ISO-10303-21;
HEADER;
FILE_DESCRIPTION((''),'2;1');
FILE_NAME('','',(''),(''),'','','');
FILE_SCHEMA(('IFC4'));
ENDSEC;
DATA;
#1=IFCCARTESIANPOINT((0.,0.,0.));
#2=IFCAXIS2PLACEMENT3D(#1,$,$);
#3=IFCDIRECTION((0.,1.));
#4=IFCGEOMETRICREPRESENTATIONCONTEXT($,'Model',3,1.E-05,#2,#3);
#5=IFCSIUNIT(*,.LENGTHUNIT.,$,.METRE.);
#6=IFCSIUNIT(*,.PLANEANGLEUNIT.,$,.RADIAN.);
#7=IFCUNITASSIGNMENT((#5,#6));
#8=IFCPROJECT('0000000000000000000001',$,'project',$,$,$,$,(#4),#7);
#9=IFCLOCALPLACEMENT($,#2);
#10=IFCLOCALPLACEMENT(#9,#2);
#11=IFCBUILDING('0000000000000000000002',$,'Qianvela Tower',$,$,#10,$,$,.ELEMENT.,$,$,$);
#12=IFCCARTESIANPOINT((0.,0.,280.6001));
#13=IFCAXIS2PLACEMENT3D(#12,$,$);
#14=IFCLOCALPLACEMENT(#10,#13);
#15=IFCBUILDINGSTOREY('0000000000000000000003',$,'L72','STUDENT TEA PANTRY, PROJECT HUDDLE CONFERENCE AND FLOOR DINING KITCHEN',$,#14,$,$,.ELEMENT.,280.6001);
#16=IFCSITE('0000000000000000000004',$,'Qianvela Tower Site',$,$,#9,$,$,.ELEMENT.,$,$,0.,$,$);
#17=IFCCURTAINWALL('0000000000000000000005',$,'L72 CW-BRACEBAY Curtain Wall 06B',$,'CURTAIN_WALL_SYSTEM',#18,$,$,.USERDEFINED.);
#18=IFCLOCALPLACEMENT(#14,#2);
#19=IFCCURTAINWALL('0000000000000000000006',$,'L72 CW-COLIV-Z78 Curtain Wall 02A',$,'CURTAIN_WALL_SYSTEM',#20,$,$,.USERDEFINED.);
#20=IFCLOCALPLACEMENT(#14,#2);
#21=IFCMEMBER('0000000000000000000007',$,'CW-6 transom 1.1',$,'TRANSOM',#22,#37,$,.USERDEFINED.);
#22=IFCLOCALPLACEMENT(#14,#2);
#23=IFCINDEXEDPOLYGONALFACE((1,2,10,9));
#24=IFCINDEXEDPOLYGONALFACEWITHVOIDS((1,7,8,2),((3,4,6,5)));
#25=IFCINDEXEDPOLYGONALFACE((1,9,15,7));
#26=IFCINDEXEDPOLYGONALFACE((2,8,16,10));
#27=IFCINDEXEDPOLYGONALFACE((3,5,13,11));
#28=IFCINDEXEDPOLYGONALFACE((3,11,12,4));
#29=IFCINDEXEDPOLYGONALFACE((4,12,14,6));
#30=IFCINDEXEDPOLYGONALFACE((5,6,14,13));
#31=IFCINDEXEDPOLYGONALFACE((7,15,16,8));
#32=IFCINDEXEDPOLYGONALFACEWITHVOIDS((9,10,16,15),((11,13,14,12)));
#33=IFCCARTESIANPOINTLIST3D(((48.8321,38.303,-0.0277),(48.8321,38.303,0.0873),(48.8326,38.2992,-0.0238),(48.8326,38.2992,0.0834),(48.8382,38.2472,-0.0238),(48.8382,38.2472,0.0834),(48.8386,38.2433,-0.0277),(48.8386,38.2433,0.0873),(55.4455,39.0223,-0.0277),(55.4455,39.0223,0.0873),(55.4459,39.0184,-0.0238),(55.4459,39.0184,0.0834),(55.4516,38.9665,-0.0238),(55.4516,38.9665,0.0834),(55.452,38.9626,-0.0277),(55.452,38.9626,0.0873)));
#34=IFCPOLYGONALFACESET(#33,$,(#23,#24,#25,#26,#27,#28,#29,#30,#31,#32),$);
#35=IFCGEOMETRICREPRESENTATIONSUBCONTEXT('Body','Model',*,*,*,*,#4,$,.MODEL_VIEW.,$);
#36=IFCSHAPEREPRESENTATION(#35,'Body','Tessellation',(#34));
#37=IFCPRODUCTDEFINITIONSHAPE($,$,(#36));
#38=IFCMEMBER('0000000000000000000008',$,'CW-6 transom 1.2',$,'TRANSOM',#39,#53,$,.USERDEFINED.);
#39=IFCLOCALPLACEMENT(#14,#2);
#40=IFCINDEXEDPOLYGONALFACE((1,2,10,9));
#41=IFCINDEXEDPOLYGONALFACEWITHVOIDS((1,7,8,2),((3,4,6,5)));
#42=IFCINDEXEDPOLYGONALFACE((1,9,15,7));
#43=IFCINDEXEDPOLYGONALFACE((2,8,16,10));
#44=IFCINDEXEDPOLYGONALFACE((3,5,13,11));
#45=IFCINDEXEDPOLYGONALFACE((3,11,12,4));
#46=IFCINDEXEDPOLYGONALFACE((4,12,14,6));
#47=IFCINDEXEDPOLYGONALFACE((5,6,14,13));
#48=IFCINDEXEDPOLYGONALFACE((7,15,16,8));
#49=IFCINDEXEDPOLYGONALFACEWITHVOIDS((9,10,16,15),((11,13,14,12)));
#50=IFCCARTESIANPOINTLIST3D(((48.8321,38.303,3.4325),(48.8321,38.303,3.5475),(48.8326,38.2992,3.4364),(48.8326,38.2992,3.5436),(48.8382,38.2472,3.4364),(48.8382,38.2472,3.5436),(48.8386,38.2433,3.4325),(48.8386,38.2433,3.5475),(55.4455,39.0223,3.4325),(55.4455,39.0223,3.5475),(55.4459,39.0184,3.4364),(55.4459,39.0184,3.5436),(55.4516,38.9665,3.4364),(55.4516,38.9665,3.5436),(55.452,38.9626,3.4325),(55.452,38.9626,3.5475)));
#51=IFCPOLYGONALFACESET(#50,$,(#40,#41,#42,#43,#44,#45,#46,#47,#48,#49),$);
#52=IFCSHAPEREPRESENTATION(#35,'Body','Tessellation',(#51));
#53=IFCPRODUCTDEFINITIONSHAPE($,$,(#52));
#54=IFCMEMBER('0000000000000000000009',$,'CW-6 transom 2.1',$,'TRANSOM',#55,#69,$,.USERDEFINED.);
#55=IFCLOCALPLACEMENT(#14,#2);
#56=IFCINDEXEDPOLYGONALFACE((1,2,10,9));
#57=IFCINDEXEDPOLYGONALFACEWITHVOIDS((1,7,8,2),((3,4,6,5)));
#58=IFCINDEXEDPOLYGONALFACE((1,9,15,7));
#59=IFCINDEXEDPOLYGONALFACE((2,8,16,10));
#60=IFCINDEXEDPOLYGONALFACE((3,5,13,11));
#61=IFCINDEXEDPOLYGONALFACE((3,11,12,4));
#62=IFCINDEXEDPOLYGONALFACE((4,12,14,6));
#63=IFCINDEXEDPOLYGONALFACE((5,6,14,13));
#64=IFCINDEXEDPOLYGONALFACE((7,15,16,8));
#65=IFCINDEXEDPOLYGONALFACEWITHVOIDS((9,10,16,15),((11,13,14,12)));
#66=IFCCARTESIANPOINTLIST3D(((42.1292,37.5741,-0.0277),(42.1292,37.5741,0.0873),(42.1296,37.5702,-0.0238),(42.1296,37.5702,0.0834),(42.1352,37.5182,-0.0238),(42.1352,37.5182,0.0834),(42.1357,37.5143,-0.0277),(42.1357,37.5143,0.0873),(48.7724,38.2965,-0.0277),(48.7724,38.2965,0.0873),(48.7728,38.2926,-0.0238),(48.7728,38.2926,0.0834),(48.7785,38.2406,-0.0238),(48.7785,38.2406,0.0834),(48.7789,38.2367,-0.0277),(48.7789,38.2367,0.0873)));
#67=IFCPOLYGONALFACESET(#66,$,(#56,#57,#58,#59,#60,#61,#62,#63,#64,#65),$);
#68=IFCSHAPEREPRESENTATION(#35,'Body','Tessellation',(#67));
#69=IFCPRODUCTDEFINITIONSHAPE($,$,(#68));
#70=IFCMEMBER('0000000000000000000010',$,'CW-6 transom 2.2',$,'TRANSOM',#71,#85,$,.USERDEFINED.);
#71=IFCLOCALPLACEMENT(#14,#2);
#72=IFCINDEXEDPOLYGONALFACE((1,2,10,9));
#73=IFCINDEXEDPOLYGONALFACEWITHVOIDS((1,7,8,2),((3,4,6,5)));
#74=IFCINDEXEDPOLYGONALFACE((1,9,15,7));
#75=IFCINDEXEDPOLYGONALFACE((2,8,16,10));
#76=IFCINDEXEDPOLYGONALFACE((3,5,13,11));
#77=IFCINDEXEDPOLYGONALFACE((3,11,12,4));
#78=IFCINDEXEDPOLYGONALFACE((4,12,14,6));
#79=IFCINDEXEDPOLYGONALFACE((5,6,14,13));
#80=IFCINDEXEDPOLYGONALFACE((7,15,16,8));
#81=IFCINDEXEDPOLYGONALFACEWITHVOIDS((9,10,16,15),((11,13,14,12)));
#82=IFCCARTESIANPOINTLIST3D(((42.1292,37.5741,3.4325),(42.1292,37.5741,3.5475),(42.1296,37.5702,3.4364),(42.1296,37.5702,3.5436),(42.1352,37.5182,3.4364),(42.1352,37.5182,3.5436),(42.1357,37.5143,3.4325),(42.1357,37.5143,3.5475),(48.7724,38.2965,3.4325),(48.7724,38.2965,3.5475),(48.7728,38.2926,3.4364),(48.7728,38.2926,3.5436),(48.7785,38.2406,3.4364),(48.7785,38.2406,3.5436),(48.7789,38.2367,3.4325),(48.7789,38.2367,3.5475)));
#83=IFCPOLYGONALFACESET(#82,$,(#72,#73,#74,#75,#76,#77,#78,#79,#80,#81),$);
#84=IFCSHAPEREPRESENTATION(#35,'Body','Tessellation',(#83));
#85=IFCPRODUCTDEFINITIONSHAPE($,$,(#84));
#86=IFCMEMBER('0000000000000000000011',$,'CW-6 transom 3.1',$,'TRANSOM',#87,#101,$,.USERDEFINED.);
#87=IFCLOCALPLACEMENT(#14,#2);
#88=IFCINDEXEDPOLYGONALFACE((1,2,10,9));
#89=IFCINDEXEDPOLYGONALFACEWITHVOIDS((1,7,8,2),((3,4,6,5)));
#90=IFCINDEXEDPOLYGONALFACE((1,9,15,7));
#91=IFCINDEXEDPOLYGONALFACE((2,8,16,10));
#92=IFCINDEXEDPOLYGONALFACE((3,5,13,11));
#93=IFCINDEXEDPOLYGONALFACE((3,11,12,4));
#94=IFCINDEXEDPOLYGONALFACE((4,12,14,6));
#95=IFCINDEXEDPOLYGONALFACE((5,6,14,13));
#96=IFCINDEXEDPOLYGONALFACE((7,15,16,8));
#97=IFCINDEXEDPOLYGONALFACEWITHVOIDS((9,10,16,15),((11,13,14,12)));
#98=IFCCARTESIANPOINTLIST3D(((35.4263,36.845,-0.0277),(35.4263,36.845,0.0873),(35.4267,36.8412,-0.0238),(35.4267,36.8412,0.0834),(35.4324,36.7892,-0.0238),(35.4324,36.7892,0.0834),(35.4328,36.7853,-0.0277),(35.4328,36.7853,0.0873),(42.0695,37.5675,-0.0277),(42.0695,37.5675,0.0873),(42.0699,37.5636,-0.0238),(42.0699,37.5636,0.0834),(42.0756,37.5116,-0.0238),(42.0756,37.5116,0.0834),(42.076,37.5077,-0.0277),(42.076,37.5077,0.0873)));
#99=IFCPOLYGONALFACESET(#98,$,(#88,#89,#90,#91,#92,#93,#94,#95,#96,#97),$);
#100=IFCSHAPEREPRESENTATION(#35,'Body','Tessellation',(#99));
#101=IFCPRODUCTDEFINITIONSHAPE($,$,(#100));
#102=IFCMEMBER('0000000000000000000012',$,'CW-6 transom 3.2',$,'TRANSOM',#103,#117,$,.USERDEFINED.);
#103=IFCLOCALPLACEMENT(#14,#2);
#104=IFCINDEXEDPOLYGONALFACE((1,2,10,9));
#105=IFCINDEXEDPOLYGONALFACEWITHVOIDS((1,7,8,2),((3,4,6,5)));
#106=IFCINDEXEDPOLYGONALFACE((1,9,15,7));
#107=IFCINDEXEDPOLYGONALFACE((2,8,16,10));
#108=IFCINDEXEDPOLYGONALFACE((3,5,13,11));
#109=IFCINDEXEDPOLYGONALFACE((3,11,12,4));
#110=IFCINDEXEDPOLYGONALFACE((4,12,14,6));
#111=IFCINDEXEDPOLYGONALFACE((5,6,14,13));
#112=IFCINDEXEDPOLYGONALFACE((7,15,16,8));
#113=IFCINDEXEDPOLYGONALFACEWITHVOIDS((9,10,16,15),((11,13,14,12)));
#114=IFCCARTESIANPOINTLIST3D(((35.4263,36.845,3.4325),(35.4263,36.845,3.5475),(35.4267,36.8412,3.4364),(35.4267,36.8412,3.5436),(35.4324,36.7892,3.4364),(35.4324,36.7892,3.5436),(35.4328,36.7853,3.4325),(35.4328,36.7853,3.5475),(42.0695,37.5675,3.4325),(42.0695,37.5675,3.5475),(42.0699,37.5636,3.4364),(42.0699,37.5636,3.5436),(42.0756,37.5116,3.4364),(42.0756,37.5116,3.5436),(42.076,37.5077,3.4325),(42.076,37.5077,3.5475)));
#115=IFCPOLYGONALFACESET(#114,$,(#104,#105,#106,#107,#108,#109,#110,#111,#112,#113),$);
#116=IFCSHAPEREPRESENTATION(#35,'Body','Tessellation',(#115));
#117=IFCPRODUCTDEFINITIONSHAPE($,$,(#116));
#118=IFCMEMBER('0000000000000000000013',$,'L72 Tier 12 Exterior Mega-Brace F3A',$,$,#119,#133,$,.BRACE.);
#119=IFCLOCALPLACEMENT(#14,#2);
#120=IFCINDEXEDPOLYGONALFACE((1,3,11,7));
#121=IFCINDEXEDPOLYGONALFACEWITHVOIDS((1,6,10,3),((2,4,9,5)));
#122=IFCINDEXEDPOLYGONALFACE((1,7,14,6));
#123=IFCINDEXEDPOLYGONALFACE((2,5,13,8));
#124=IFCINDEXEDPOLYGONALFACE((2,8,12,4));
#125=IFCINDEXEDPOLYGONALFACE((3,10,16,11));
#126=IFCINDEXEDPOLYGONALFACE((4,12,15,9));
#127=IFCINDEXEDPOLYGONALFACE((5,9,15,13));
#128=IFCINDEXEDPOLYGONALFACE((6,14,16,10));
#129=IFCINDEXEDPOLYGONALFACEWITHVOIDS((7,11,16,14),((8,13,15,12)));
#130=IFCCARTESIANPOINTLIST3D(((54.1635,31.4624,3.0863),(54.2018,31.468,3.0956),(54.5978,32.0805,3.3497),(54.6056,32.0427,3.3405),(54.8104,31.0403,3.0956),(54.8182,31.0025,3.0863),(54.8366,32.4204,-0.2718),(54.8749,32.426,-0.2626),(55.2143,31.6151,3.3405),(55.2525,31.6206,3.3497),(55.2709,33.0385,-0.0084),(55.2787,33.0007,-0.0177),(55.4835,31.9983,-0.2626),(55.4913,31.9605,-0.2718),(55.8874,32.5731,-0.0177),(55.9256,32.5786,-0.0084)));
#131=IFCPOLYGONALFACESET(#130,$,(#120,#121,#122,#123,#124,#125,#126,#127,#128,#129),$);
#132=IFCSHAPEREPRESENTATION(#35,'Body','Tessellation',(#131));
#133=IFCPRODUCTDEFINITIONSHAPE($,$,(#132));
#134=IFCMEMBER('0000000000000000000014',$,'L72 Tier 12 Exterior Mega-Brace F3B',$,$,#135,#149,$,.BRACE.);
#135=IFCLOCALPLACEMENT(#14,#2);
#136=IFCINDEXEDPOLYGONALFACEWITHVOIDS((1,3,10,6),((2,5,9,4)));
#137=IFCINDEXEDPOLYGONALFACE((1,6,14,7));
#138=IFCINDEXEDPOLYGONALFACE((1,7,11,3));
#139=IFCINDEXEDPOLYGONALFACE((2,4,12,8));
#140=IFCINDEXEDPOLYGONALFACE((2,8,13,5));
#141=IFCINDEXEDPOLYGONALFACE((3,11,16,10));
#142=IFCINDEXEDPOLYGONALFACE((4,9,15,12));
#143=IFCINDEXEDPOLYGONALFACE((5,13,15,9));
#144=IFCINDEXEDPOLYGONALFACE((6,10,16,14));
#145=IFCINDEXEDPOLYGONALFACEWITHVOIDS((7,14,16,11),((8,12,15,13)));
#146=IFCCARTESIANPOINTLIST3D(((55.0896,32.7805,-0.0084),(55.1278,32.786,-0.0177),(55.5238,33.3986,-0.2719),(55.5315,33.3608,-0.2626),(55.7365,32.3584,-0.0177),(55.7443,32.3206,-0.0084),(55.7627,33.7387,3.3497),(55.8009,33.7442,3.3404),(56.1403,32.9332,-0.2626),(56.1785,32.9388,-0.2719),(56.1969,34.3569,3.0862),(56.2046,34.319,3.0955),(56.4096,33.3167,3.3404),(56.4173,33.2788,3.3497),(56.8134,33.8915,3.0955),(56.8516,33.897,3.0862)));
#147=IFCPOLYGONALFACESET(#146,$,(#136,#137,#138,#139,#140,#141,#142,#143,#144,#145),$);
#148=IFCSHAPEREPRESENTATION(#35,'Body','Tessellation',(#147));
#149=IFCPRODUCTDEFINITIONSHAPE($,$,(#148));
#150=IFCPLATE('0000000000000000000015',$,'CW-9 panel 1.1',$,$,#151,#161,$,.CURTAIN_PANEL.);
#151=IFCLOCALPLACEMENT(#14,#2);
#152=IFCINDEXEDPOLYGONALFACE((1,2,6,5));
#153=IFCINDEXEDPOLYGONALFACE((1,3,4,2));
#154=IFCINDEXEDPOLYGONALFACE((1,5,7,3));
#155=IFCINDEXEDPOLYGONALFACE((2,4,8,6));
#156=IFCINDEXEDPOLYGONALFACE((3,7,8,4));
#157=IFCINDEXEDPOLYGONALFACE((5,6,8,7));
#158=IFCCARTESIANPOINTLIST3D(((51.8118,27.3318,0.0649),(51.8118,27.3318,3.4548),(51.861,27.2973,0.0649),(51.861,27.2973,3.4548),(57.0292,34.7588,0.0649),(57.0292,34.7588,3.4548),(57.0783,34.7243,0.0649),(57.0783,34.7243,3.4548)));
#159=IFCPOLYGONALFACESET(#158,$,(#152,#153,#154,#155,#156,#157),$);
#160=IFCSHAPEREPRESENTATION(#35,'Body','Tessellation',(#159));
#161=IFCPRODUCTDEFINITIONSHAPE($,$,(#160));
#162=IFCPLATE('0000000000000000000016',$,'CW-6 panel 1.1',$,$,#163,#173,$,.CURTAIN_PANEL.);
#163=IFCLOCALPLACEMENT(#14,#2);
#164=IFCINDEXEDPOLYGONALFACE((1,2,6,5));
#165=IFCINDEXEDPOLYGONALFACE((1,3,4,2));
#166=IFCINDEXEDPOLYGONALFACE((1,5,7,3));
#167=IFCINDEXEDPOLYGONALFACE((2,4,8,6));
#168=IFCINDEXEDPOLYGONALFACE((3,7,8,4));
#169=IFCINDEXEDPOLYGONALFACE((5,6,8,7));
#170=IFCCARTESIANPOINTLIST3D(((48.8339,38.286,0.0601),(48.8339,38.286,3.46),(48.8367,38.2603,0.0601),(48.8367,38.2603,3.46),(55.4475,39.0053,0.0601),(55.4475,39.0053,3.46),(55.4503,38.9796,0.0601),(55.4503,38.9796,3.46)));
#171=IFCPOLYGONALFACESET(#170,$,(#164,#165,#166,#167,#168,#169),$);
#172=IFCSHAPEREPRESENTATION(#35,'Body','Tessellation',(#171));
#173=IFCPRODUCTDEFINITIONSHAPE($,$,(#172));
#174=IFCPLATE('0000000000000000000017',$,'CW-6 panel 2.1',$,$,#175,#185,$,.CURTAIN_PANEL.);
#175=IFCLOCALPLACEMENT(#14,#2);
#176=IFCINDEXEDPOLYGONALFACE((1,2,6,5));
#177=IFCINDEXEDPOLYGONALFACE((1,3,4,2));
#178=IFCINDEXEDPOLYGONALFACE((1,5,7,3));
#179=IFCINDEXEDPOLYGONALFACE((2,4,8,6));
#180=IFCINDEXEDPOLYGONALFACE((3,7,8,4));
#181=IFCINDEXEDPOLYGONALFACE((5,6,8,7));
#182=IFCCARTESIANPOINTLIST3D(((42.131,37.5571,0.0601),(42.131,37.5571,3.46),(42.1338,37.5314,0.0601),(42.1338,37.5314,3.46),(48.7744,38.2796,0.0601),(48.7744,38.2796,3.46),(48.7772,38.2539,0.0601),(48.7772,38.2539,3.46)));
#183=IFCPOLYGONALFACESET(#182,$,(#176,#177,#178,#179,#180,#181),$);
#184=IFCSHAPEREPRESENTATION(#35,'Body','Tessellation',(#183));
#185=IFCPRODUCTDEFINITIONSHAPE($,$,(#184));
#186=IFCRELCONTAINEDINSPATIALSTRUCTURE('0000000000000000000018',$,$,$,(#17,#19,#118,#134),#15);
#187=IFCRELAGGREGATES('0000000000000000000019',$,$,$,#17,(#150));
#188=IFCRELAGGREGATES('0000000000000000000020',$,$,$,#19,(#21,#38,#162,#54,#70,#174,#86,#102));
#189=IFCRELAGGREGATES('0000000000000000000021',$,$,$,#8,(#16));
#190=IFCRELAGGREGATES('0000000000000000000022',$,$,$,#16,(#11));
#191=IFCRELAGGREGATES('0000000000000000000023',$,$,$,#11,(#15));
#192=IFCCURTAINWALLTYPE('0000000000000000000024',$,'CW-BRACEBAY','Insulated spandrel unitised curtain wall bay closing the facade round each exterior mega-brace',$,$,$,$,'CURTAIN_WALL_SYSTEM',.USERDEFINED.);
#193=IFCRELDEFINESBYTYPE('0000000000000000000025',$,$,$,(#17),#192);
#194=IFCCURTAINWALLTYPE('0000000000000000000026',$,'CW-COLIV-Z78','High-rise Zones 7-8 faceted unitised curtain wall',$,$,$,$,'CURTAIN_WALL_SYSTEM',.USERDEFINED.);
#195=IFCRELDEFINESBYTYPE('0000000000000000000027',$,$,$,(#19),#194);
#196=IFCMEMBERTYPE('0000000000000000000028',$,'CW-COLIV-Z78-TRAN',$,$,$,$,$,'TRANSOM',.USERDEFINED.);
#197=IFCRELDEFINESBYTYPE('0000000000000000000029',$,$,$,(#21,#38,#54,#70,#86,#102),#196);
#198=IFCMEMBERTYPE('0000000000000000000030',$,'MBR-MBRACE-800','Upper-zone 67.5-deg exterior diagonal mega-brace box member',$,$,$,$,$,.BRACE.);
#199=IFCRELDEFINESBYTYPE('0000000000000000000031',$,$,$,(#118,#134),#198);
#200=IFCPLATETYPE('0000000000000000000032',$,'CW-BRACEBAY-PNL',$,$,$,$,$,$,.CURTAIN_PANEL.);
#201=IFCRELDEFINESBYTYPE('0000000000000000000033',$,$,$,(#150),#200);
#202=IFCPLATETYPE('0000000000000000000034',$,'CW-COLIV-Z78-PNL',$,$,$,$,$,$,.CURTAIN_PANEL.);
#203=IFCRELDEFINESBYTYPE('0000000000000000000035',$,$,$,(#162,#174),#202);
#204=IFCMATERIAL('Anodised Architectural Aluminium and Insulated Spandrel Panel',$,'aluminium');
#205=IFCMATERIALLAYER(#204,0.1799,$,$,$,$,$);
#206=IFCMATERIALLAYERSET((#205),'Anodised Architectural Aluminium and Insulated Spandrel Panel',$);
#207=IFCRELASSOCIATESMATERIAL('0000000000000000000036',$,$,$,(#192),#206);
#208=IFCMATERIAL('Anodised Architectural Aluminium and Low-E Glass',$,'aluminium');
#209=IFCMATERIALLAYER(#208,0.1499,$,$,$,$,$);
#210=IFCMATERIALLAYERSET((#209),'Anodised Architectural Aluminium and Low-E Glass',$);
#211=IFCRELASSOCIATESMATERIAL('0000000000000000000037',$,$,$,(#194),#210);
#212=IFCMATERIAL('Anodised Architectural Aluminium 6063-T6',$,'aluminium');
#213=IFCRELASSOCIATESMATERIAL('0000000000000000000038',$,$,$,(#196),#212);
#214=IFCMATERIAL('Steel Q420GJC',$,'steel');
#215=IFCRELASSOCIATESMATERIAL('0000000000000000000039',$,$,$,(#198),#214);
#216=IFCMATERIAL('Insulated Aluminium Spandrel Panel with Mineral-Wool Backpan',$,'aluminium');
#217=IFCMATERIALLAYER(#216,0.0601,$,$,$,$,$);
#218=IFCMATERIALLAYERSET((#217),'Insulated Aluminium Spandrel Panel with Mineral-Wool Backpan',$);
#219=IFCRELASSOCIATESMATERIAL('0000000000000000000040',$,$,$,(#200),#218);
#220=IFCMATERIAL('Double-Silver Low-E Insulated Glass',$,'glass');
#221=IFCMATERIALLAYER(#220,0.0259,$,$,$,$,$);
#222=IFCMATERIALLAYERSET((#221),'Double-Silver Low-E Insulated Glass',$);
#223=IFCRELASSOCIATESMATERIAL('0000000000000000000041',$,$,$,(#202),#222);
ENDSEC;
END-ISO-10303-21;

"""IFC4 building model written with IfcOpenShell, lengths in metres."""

from ifc_helpers import new_model, si_unit, direction, frame, origin, origin_2d, place, context, subcontext, project, spatial, rectangle, hollow_rectangle, extrude, material, layer, layer_set, material_profile, profile_set, type_object, element, aggregate, save


model = new_model("IFC4")

# Units and contexts
model_context = context("Model", 3, precision=1e-05, world=origin(), true_north=direction((0.0, 1.0)))
body_context = subcontext(model_context, "Body", "Model", "MODEL_VIEW")
ifc_project = project(units=[si_unit("LENGTHUNIT", "METRE"), si_unit("PLANEANGLEUNIT", "RADIAN")], contexts=[model_context])

# Site, building, storey
site_placement = place(None, origin())
site = spatial("IfcSite", under=ifc_project, at=site_placement, Name="Qianvela Tower Site", CompositionType="ELEMENT", RefElevation=0.0)
building_placement = place(site_placement, origin())
building = spatial("IfcBuilding", under=site, at=building_placement, Name="Qianvela Tower", CompositionType="ELEMENT")
storey_placement = place(building_placement, frame((0.0, 0.0, 280.6001)))
storey = spatial("IfcBuildingStorey", under=building, at=storey_placement, Name="L72", Description="STUDENT TEA PANTRY, PROJECT HUDDLE CONFERENCE AND FLOOR DINING KITCHEN", CompositionType="ELEMENT", Elevation=280.6001)

# Curtain wall
ifc_material_1 = material(Name="Anodised Architectural Aluminium and Insulated Spandrel Panel", Category="aluminium")
ifc_layer_1 = layer(ifc_material_1, 0.1799)
ifc_layer_set_1 = layer_set([ifc_layer_1], Name="Anodised Architectural Aluminium and Insulated Spandrel Panel")
curtain_wall_type_1 = type_object("IfcCurtainWallType", Name="CW-BRACEBAY", Description="Insulated spandrel unitised curtain wall bay closing the facade round each exterior mega-brace", ElementType="CURTAIN_WALL_SYSTEM", PredefinedType="USERDEFINED", material=ifc_layer_set_1)
curtain_wall_1_placement = place(storey_placement, origin())
curtain_wall_1 = element("IfcCurtainWall", 1, at=curtain_wall_1_placement, inside=storey, type_object=curtain_wall_type_1, Name="L72 CW-BRACEBAY Curtain Wall 06B", ObjectType="CURTAIN_WALL_SYSTEM", PredefinedType="USERDEFINED")

# Curtain wall, members
ifc_material_2 = material(Name="Anodised Architectural Aluminium and Low-E Glass", Category="aluminium")
ifc_layer_2 = layer(ifc_material_2, 0.1499)
ifc_layer_set_2 = layer_set([ifc_layer_2], Name="Anodised Architectural Aluminium and Low-E Glass")
curtain_wall_type_2 = type_object("IfcCurtainWallType", Name="CW-COLIV-Z78", Description="High-rise Zones 7-8 faceted unitised curtain wall", ElementType="CURTAIN_WALL_SYSTEM", PredefinedType="USERDEFINED", material=ifc_layer_set_2)
curtain_wall_2_placement = place(storey_placement, origin())
curtain_wall_2 = element("IfcCurtainWall", 2, at=curtain_wall_2_placement, inside=storey, type_object=curtain_wall_type_2, Name="L72 CW-COLIV-Z78 Curtain Wall 02A", ObjectType="CURTAIN_WALL_SYSTEM", PredefinedType="USERDEFINED")
ifc_material_3 = material(Name="Anodised Architectural Aluminium 6063-T6", Category="aluminium")
ifc_material_profile_1 = material_profile(ifc_material_3, hollow_rectangle(XDim=0.0601, YDim=0.115, WallThickness=0.0039, at=origin_2d()), Name="ALU-TRAN-60x115")
ifc_profile_set_1 = profile_set([ifc_material_profile_1], Name="Anodised Architectural Aluminium 6063-T6")
member_type_1 = type_object("IfcMemberType", Name="CW-COLIV-Z78-TRAN", ElementType="TRANSOM", PredefinedType="USERDEFINED", material=ifc_profile_set_1)
member_1_placement = place(storey_placement, frame((55.4487, 38.9924, 0.0298), z_axis=(-0.994138, -0.108119, 0.0), x_axis=(0.108119, -0.994138, 0.0)))
member_1 = element("IfcMember", 3, at=member_1_placement, type_object=member_type_1, Name="CW-6 transom 1.1", ObjectType="TRANSOM", PredefinedType="USERDEFINED", context=body_context, shape_type="SweptSolid", body=[
    extrude(hollow_rectangle(XDim=0.0601, YDim=0.115, WallThickness=0.0039, at=origin_2d()), origin(), (0.0, 0.0, 1.0), 6.6523),
])
member_2_placement = place(storey_placement, frame((55.4487, 38.9924, 3.49), z_axis=(-0.994138, -0.108119, 0.0), x_axis=(0.108119, -0.994138, 0.0)))
member_2 = element("IfcMember", 4, at=member_2_placement, type_object=member_type_1, Name="CW-6 transom 1.2", ObjectType="TRANSOM", PredefinedType="USERDEFINED", context=body_context, shape_type="SweptSolid", body=[
    extrude(hollow_rectangle(XDim=0.0601, YDim=0.115, WallThickness=0.0039, at=origin_2d()), origin(), (0.0, 0.0, 1.0), 6.6523),
])
member_3_placement = place(storey_placement, frame((48.7756, 38.2666, 0.0298), z_axis=(-0.994139, -0.108105, 0.0), x_axis=(0.108105, -0.994139, 0.0)))
member_3 = element("IfcMember", 5, at=member_3_placement, type_object=member_type_1, Name="CW-6 transom 2.1", ObjectType="TRANSOM", PredefinedType="USERDEFINED", context=body_context, shape_type="SweptSolid", body=[
    extrude(hollow_rectangle(XDim=0.0601, YDim=0.115, WallThickness=0.0039, at=origin_2d()), origin(), (0.0, 0.0, 1.0), 6.6824),
])
member_4_placement = place(storey_placement, frame((48.7756, 38.2666, 3.49), z_axis=(-0.994139, -0.108105, 0.0), x_axis=(0.108105, -0.994139, 0.0)))
member_4 = element("IfcMember", 6, at=member_4_placement, type_object=member_type_1, Name="CW-6 transom 2.2", ObjectType="TRANSOM", PredefinedType="USERDEFINED", context=body_context, shape_type="SweptSolid", body=[
    extrude(hollow_rectangle(XDim=0.0601, YDim=0.115, WallThickness=0.0039, at=origin_2d()), origin(), (0.0, 0.0, 1.0), 6.6824),
])
member_5_placement = place(storey_placement, frame((42.0728, 37.5376, 0.0298), z_axis=(-0.994139, -0.108105, 0.0), x_axis=(0.108105, -0.994139, 0.0)))
member_5 = element("IfcMember", 7, at=member_5_placement, type_object=member_type_1, Name="CW-6 transom 3.1", ObjectType="TRANSOM", PredefinedType="USERDEFINED", context=body_context, shape_type="SweptSolid", body=[
    extrude(hollow_rectangle(XDim=0.0601, YDim=0.115, WallThickness=0.0039, at=origin_2d()), origin(), (0.0, 0.0, 1.0), 6.6824),
])
member_6_placement = place(storey_placement, frame((42.0728, 37.5376, 3.49), z_axis=(-0.994139, -0.108105, 0.0), x_axis=(0.108105, -0.994139, 0.0)))
member_6 = element("IfcMember", 8, at=member_6_placement, type_object=member_type_1, Name="CW-6 transom 3.2", ObjectType="TRANSOM", PredefinedType="USERDEFINED", context=body_context, shape_type="SweptSolid", body=[
    extrude(hollow_rectangle(XDim=0.0601, YDim=0.115, WallThickness=0.0039, at=origin_2d()), origin(), (0.0, 0.0, 1.0), 6.6824),
])

# Members
ifc_material_4 = material(Name="Steel Q420GJC", Category="steel")
ifc_material_profile_2 = material_profile(ifc_material_4, hollow_rectangle(XDim=0.8, YDim=0.8, WallThickness=0.0281, at=origin_2d()), Name="MBOX-800x800x28")
ifc_profile_set_2 = profile_set([ifc_material_profile_2], Name="Steel Q420GJC")
member_type_2 = type_object("IfcMemberType", Name="MBR-MBRACE-800", Description="Upper-zone 67.5-deg exterior diagonal mega-brace box member", PredefinedType="BRACE", material=ifc_profile_set_2)
for number, where, z_axis, x_axis, name in (
    (9, (55.3811, 32.4995, -0.1401), (-0.189263, -0.269375, 0.944255), (0.818231, -0.574889, 0.0), "L72 Tier 12 Exterior Mega-Brace F3A"),
    (10, (55.634, 32.8596, -0.1401), (0.189259, 0.269439, 0.944237), (-0.8183, 0.574791, 0.0), "L72 Tier 12 Exterior Mega-Brace F3B"),
):
    element("IfcMember", number, at=place(storey_placement, frame(where, z_axis=z_axis, x_axis=x_axis)), inside=storey, type_object=member_type_2, Name=name, PredefinedType="BRACE", context=body_context, shape_type="SweptSolid", body=[
        extrude(hollow_rectangle(XDim=0.8, YDim=0.8, WallThickness=0.0281, at=origin_2d()), origin(), (0.0, 0.0, 1.0), 3.5564),
    ])

# Plates
ifc_material_5 = material(Name="Insulated Aluminium Spandrel Panel with Mineral-Wool Backpan", Category="aluminium")
ifc_layer_3 = layer(ifc_material_5, 0.0601)
ifc_layer_set_3 = layer_set([ifc_layer_3], Name="Insulated Aluminium Spandrel Panel with Mineral-Wool Backpan")
plate_type_1 = type_object("IfcPlateType", Name="CW-BRACEBAY-PNL", PredefinedType="CURTAIN_PANEL", material=ifc_layer_set_3)
plate_1_placement = place(storey_placement, frame((54.4451, 31.0281, 0.0649), z_axis=(0.0, 0.0, 1.0), x_axis=(0.574826, 0.818276, 0.0)))
plate_1 = element("IfcPlate", 11, at=plate_1_placement, type_object=plate_type_1, Name="CW-9 panel 1.1", PredefinedType="CURTAIN_PANEL", context=body_context, shape_type="SweptSolid", body=[
    extrude(rectangle(XDim=9.0764, YDim=0.0601, at=origin_2d()), origin(), (0.0, 0.0, 1.0), 3.3899),
])
aggregate(curtain_wall_1, [plate_1])
ifc_material_6 = material(Name="Double-Silver Low-E Insulated Glass", Category="glass")
ifc_layer_4 = layer(ifc_material_6, 0.0259)
ifc_layer_set_4 = layer_set([ifc_layer_4], Name="Double-Silver Low-E Insulated Glass")
plate_type_2 = type_object("IfcPlateType", Name="CW-COLIV-Z78-PNL", PredefinedType="CURTAIN_PANEL", material=ifc_layer_set_4)
plate_2_placement = place(storey_placement, frame((52.1421, 38.6328, 0.0601), z_axis=(0.0, 0.0, 1.0), x_axis=(-0.994138, -0.10812, 0.0)))
plate_2 = element("IfcPlate", 12, at=plate_2_placement, type_object=plate_type_2, Name="CW-6 panel 1.1", PredefinedType="CURTAIN_PANEL", context=body_context, shape_type="SweptSolid", body=[
    extrude(rectangle(XDim=6.6526, YDim=0.0259, at=origin_2d()), origin(), (0.0, 0.0, 1.0), 3.3999),
])
plate_3_placement = place(storey_placement, frame((45.4541, 37.9055, 0.0601), z_axis=(0.0, 0.0, 1.0), x_axis=(-0.994138, -0.10812, 0.0)))
plate_3 = element("IfcPlate", 13, at=plate_3_placement, type_object=plate_type_2, Name="CW-6 panel 2.1", PredefinedType="CURTAIN_PANEL", context=body_context, shape_type="SweptSolid", body=[
    extrude(rectangle(XDim=6.6826, YDim=0.0259, at=origin_2d()), origin(), (0.0, 0.0, 1.0), 3.3999),
])
aggregate(curtain_wall_2, [member_1, member_2, plate_2, member_3, member_4, plate_3, member_5, member_6])

save(model, "model.ifc")
